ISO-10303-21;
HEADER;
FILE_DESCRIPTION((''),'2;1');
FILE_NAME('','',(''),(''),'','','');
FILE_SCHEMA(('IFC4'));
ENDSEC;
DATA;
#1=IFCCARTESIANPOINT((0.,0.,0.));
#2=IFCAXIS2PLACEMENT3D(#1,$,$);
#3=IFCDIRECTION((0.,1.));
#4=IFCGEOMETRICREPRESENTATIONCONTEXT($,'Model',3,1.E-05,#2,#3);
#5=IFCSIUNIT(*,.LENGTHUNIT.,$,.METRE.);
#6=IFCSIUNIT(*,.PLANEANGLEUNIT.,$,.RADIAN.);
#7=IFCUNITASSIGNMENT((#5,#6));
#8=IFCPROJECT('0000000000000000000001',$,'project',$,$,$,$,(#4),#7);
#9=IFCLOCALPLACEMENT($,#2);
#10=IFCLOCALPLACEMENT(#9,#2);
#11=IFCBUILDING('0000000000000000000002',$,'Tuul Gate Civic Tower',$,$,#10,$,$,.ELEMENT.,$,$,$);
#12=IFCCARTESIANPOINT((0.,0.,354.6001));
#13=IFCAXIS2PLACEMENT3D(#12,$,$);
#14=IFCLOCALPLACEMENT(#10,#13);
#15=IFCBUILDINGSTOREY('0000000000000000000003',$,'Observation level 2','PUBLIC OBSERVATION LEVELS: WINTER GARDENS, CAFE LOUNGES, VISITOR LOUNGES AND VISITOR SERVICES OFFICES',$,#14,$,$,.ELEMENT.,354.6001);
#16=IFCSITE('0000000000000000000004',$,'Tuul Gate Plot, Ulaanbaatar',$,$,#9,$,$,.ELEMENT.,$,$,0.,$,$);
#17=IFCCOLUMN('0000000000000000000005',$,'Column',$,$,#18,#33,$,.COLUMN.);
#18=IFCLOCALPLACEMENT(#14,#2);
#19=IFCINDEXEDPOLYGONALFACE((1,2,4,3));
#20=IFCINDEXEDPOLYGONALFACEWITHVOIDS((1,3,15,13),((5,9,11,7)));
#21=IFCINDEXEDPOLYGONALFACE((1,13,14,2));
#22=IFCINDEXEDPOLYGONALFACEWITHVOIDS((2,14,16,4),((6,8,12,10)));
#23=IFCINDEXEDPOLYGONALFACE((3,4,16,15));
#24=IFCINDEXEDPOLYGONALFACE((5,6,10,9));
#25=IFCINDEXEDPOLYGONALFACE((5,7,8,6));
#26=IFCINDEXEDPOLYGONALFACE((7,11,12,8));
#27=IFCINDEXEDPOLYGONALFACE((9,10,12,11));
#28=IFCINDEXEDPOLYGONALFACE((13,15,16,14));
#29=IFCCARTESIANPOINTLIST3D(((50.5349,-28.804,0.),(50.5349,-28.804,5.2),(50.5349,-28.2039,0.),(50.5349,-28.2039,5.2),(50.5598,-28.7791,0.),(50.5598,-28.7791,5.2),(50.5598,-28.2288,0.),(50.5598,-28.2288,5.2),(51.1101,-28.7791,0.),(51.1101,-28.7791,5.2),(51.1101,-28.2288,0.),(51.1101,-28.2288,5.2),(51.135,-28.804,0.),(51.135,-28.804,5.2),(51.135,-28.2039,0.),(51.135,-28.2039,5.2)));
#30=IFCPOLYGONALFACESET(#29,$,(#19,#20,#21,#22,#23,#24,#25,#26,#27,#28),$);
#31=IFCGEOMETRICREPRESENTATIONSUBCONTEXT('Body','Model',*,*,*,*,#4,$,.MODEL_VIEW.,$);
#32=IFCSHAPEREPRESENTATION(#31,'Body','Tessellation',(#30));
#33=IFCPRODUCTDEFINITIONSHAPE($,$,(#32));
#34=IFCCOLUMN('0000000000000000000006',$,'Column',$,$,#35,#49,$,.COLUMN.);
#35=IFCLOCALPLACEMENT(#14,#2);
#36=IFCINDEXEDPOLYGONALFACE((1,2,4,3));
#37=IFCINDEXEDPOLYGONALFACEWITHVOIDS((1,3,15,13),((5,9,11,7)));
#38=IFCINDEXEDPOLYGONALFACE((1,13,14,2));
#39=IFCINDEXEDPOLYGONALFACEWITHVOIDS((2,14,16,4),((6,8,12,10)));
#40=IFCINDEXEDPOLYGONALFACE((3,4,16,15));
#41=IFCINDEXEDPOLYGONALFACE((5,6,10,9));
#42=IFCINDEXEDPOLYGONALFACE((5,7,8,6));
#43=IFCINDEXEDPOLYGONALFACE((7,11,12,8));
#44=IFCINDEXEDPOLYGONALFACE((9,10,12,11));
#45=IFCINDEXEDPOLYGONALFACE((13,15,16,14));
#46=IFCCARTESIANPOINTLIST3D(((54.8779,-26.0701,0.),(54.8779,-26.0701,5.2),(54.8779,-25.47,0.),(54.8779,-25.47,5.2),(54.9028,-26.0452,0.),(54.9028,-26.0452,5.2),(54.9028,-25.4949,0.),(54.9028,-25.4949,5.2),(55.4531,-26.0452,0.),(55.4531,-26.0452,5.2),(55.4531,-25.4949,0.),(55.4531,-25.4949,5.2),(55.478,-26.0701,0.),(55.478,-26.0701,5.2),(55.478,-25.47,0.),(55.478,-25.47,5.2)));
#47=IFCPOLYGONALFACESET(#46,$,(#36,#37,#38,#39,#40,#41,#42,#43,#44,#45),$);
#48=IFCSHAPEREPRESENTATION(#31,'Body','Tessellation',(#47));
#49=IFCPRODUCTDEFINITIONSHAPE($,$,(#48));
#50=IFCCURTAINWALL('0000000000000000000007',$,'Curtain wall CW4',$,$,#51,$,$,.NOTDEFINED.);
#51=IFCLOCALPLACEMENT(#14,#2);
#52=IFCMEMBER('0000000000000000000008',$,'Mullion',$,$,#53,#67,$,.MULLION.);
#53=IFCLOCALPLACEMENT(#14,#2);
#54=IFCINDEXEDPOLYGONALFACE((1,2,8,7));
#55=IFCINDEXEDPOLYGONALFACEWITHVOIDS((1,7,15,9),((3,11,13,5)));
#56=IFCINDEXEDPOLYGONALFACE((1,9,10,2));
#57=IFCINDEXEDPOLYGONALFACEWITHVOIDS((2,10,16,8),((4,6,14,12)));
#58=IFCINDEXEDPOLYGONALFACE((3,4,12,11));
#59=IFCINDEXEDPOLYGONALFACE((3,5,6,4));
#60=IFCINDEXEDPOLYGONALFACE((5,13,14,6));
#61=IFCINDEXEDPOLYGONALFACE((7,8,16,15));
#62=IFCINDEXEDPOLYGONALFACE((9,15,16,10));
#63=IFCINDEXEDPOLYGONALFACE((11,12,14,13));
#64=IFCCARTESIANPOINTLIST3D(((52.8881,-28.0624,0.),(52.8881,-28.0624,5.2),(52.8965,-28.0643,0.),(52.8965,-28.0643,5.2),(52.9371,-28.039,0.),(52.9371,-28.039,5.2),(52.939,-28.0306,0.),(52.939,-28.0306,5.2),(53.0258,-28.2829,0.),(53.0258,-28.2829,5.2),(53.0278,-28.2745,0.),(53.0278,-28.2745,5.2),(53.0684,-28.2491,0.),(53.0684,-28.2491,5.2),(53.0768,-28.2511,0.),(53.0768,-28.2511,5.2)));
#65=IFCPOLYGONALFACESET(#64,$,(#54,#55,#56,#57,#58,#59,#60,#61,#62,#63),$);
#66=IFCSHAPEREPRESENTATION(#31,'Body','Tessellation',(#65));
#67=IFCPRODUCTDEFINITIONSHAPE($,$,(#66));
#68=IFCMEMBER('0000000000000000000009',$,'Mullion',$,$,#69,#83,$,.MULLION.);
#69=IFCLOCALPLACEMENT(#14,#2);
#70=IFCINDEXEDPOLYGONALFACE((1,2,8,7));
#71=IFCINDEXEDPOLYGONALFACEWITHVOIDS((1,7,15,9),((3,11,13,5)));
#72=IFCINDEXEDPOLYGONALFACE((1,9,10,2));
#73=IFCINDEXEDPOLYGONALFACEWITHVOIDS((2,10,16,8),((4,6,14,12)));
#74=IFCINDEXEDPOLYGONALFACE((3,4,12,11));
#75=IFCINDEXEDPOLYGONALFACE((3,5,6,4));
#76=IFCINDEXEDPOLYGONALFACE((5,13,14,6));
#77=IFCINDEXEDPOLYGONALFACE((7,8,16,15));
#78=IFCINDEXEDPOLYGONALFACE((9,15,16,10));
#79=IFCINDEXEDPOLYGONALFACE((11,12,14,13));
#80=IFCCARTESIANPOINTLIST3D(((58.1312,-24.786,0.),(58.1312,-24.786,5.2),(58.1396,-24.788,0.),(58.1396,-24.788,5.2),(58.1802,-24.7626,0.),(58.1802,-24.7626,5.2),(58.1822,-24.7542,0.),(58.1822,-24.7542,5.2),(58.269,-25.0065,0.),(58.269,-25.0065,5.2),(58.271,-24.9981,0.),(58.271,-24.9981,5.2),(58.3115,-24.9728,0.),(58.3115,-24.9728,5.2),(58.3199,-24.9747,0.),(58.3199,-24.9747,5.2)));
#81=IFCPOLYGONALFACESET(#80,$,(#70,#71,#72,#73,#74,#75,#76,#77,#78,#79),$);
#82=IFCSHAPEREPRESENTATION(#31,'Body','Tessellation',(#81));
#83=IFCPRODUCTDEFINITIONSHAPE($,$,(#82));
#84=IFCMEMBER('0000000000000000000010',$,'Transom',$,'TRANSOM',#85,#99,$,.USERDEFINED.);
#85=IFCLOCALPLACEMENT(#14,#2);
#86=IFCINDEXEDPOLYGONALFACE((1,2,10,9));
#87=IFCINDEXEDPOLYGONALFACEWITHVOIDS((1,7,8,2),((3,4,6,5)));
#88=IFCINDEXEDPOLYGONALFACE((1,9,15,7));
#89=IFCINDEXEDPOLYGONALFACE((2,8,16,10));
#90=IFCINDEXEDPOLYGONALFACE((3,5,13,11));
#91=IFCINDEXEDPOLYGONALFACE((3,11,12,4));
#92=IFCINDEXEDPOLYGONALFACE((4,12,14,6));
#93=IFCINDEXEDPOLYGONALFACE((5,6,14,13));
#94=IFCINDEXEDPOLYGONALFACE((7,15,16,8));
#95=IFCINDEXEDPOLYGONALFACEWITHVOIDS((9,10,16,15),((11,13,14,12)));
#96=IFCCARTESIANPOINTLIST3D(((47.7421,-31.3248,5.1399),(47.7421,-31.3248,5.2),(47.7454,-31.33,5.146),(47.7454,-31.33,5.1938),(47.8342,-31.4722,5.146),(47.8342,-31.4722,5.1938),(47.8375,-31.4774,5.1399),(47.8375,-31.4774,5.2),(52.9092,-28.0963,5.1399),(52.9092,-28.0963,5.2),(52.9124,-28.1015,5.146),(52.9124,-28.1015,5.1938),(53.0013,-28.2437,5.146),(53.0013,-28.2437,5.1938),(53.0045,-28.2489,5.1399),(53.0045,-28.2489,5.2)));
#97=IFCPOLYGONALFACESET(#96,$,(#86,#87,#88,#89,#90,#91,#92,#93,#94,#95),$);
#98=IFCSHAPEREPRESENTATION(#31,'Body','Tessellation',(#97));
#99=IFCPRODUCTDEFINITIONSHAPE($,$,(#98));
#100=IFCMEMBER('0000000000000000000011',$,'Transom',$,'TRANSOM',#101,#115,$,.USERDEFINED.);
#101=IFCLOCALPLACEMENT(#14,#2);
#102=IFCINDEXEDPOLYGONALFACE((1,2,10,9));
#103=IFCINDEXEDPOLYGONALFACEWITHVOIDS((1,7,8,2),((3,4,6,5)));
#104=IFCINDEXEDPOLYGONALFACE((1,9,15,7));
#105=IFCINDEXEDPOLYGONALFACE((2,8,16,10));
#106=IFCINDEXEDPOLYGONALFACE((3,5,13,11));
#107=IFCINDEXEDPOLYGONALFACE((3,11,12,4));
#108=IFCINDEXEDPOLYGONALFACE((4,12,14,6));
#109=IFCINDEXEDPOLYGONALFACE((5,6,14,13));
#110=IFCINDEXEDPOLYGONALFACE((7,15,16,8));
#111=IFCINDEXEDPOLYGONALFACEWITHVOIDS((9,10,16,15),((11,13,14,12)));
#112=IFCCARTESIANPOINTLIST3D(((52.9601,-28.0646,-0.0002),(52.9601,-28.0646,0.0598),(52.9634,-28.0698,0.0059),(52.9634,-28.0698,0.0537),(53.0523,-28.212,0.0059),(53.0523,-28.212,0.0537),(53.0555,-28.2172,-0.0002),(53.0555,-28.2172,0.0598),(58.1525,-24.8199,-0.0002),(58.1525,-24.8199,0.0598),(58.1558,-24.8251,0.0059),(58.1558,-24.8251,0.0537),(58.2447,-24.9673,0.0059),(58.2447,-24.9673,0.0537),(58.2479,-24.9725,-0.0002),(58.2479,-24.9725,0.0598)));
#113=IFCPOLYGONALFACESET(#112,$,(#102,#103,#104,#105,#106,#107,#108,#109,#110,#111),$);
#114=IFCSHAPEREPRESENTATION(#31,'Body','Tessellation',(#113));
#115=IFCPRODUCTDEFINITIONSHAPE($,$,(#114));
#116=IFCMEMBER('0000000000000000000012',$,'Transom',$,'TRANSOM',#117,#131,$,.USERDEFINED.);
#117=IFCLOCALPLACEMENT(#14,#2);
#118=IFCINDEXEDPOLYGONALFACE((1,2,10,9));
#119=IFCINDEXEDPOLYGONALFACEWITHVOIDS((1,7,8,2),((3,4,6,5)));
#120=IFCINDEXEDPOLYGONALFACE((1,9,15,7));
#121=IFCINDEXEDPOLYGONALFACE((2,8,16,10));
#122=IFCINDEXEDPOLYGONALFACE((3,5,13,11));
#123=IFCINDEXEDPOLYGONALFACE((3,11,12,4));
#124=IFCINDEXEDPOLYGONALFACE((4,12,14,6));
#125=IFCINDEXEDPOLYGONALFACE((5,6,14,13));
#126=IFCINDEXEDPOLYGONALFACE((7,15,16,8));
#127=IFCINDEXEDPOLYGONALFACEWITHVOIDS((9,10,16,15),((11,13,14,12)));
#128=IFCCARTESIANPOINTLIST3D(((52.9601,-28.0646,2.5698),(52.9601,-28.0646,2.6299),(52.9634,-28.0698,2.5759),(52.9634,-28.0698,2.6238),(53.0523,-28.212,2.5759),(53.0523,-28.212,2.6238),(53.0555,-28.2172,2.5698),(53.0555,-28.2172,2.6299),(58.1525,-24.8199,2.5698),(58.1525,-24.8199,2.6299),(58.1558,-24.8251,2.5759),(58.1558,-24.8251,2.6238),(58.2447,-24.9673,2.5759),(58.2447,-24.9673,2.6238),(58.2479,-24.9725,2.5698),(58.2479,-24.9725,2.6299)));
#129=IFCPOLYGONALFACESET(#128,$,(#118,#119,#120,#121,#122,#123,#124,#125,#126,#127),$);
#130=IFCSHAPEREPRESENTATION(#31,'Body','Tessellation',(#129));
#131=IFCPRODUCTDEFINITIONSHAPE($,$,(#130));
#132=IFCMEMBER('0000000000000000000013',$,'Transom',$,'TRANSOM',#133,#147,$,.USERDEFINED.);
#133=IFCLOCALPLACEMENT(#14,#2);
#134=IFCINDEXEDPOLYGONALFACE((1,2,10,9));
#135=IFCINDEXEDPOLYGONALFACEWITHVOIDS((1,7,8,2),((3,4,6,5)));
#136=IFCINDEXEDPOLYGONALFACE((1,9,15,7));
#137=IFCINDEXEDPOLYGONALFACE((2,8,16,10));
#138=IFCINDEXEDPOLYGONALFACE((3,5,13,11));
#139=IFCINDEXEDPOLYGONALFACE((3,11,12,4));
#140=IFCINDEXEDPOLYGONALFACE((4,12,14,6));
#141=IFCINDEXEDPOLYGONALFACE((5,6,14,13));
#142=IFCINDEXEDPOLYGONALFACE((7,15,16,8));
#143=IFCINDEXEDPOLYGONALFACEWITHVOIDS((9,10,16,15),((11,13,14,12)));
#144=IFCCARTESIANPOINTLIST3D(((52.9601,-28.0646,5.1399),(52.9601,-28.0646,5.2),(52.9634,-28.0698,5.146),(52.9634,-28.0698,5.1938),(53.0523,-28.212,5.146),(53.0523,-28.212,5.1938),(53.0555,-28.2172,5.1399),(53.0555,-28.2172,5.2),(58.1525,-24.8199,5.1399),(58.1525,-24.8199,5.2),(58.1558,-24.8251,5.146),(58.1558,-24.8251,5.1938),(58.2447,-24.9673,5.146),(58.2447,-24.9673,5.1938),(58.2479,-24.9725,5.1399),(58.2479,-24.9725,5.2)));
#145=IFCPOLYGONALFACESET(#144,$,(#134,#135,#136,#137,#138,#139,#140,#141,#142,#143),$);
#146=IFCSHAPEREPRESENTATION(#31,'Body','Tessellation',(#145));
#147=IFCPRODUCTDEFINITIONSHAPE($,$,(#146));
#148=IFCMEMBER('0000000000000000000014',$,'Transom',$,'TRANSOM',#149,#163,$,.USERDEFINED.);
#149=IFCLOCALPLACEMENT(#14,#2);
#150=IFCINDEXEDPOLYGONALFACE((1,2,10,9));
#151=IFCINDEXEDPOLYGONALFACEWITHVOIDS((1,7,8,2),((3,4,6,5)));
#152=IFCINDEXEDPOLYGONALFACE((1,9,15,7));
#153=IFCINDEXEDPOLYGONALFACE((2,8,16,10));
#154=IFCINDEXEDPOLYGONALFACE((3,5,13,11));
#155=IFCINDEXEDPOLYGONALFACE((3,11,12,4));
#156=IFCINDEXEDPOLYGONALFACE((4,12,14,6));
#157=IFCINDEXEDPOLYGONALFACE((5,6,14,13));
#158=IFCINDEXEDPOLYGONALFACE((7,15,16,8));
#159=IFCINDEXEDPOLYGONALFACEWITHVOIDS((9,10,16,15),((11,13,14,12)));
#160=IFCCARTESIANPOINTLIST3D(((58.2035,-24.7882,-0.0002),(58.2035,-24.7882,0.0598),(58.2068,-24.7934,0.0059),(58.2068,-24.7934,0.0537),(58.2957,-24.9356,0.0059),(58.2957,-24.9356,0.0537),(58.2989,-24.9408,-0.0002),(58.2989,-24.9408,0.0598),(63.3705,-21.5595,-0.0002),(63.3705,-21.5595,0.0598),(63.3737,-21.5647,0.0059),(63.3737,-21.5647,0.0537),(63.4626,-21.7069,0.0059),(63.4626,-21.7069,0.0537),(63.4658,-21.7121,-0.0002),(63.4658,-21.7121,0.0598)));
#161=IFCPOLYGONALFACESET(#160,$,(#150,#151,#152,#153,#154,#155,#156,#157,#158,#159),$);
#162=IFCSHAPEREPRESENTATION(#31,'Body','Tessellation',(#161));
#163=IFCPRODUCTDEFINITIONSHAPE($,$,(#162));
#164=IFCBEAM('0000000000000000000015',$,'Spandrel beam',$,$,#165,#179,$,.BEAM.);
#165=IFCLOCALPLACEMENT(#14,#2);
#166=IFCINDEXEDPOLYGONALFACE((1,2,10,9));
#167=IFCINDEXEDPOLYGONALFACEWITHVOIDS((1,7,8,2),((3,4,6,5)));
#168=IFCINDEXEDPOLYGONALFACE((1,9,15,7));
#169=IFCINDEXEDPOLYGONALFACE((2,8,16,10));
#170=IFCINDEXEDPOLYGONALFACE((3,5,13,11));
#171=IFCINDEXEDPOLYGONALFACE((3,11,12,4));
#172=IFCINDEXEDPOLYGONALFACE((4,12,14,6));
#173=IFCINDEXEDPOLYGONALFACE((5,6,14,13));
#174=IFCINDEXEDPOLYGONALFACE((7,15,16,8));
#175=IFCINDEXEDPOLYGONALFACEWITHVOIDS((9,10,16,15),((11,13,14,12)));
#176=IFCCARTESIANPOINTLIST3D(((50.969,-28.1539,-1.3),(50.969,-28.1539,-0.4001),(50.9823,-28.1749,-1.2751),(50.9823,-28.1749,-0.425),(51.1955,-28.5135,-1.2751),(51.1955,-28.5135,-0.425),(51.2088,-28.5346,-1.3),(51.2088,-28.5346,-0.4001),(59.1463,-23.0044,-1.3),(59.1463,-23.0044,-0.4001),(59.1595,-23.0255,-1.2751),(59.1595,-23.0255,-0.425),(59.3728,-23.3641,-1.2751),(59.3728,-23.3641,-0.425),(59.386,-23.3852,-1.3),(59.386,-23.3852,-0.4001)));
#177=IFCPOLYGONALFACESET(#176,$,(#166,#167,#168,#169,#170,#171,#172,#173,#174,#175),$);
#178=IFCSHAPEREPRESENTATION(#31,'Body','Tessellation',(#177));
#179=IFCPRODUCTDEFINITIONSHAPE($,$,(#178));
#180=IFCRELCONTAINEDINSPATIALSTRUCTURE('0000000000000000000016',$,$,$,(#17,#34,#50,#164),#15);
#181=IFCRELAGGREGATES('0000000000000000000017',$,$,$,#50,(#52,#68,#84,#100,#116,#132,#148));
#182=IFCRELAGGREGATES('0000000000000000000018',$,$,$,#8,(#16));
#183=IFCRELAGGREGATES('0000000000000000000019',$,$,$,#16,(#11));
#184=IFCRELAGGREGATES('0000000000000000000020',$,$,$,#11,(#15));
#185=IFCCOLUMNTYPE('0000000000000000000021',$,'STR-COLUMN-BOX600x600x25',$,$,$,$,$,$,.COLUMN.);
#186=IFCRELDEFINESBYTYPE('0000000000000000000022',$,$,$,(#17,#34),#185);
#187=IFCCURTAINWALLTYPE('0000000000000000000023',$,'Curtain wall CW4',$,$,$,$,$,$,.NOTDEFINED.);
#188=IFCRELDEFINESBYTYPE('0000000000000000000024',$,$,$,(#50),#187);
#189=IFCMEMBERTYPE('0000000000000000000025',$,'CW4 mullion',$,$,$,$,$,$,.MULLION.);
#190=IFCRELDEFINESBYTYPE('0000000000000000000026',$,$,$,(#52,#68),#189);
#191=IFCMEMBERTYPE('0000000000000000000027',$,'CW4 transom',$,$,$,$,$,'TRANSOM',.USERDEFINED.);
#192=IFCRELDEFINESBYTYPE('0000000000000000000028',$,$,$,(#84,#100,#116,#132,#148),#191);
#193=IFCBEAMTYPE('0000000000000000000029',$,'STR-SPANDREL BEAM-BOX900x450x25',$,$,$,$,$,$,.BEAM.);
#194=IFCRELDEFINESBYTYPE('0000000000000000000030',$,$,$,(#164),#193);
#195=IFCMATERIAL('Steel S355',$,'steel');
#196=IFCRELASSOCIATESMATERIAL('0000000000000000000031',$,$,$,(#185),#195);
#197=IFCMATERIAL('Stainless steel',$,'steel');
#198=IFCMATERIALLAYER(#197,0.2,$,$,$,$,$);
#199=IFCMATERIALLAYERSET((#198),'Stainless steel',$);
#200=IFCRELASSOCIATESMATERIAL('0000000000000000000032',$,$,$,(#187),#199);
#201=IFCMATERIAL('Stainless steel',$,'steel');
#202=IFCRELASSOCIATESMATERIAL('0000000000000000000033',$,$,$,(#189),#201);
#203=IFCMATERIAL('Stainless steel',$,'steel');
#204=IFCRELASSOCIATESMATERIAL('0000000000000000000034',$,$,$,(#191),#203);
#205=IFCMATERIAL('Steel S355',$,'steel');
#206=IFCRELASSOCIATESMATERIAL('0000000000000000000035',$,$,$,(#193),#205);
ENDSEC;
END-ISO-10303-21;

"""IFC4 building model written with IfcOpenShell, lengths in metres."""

from ifc_helpers import new_model, si_unit, direction, frame, origin, origin_2d, place, context, subcontext, project, spatial, hollow_rectangle, extrude, material, layer, layer_set, material_profile, profile_set, type_object, element, aggregate, save


model = new_model("IFC4")

# Units and contexts
model_context = context("Model", 3, precision=1e-05, world=origin(), true_north=direction((0.0, 1.0)))
body_context = subcontext(model_context, "Body", "Model", "MODEL_VIEW")
ifc_project = project(units=[si_unit("LENGTHUNIT", "METRE"), si_unit("PLANEANGLEUNIT", "RADIAN")], contexts=[model_context])

# Site, building, storey
site_placement = place(None, origin())
site = spatial("IfcSite", under=ifc_project, at=site_placement, Name="Tuul Gate Plot, Ulaanbaatar", CompositionType="ELEMENT", RefElevation=0.0)
building_placement = place(site_placement, origin())
building = spatial("IfcBuilding", under=site, at=building_placement, Name="Tuul Gate Civic Tower", CompositionType="ELEMENT")
storey_placement = place(building_placement, frame((0.0, 0.0, 354.6001)))
storey = spatial("IfcBuildingStorey", under=building, at=storey_placement, Name="Observation level 2", Description="PUBLIC OBSERVATION LEVELS: WINTER GARDENS, CAFE LOUNGES, VISITOR LOUNGES AND VISITOR SERVICES OFFICES", CompositionType="ELEMENT", Elevation=354.6001)

# Columns
ifc_material_1 = material(Name="Steel S355", Category="steel")
ifc_material_profile_1 = material_profile(ifc_material_1, hollow_rectangle(XDim=0.6001, YDim=0.6001, WallThickness=0.0249, at=origin_2d()), Name="BOX600x600x25")
ifc_profile_set_1 = profile_set([ifc_material_profile_1], Name="Steel S355")
column_type = type_object("IfcColumnType", Name="STR-COLUMN-BOX600x600x25", PredefinedType="COLUMN", material=ifc_profile_set_1)
for number, where, z_axis, x_axis, name in (
    (1, (50.835, -28.5039, 0.0), (0.0, 0.0, 1.0), (1.0, 0.0, 0.0), "Column"),
    (2, (55.178, -25.77, 0.0), (0.0, 0.0, 1.0), (1.0, 0.0, 0.0), "Column"),
):
    element("IfcColumn", number, at=place(storey_placement, frame(where, z_axis=z_axis, x_axis=x_axis)), inside=storey, type_object=column_type, Name=name, PredefinedType="COLUMN", context=body_context, shape_type="SweptSolid", body=[
        extrude(hollow_rectangle(XDim=0.6001, YDim=0.6001, WallThickness=0.0249, at=origin_2d()), origin(), (0.0, 0.0, 1.0), 5.2),
    ])

# Curtain wall, members
ifc_material_2 = material(Name="Stainless steel", Category="steel")
ifc_layer_1 = layer(ifc_material_2, 0.2)
ifc_layer_set_1 = layer_set([ifc_layer_1], Name="Stainless steel")
curtain_wall_type = type_object("IfcCurtainWallType", Name="Curtain wall CW4", PredefinedType="NOTDEFINED", material=ifc_layer_set_1)
curtain_wall_placement = place(storey_placement, origin())
curtain_wall = element("IfcCurtainWall", 3, at=curtain_wall_placement, inside=storey, type_object=curtain_wall_type, Name="Curtain wall CW4", PredefinedType="NOTDEFINED")
ifc_material_3 = material(Name="Stainless steel", Category="steel")
ifc_material_profile_2 = material_profile(ifc_material_3, hollow_rectangle(XDim=0.26, YDim=0.0601, WallThickness=0.0061, at=origin_2d()), Name="CW4 mullion")
ifc_profile_set_2 = profile_set([ifc_material_profile_2], Name="Stainless steel")
member_type_1 = type_object("IfcMemberType", Name="CW4 mullion", PredefinedType="MULLION", material=ifc_profile_set_2)
member_1_placement = place(storey_placement, frame((52.9824, -28.1567, 0.0), z_axis=(0.0, 0.0, 1.0), x_axis=(-0.529912, 0.848053, 0.0)))
member_1 = element("IfcMember", 4, at=member_1_placement, type_object=member_type_1, Name="Mullion", PredefinedType="MULLION", context=body_context, shape_type="SweptSolid", body=[
    extrude(hollow_rectangle(XDim=0.26, YDim=0.0601, WallThickness=0.0061, at=origin_2d()), origin(), (0.0, 0.0, 1.0), 5.2),
])
member_2_placement = place(storey_placement, frame((58.2256, -24.8804, 0.0), z_axis=(0.0, 0.0, 1.0), x_axis=(-0.529912, 0.848053, 0.0)))
member_2 = element("IfcMember", 5, at=member_2_placement, type_object=member_type_1, Name="Mullion", PredefinedType="MULLION", context=body_context, shape_type="SweptSolid", body=[
    extrude(hollow_rectangle(XDim=0.26, YDim=0.0601, WallThickness=0.0061, at=origin_2d()), origin(), (0.0, 0.0, 1.0), 5.2),
])
ifc_material_4 = material(Name="Stainless steel", Category="steel")
ifc_material_profile_3 = material_profile(ifc_material_4, hollow_rectangle(XDim=0.1799, YDim=0.0601, WallThickness=0.0061, at=origin_2d()), Name="CW4 transom")
ifc_profile_set_3 = profile_set([ifc_material_profile_3], Name="Stainless steel")
member_type_2 = type_object("IfcMemberType", Name="CW4 transom", ElementType="TRANSOM", PredefinedType="USERDEFINED", material=ifc_profile_set_3)
member_3_placement = place(storey_placement, frame((47.7898, -31.4011, 5.1699), z_axis=(0.848061, 0.529898, 0.0), x_axis=(-0.529898, 0.848061, 0.0)))
member_3 = element("IfcMember", 6, at=member_3_placement, type_object=member_type_2, Name="Transom", ObjectType="TRANSOM", PredefinedType="USERDEFINED", context=body_context, shape_type="SweptSolid", body=[
    extrude(hollow_rectangle(XDim=0.1799, YDim=0.0601, WallThickness=0.0061, at=origin_2d()), origin(), (0.0, 0.0, 1.0), 6.0928),
])
member_4_placement = place(storey_placement, frame((53.0078, -28.1409, 0.0298), z_axis=(0.848043, 0.529927, 0.0), x_axis=(-0.529927, 0.848043, 0.0)))
member_4 = element("IfcMember", 7, at=member_4_placement, type_object=member_type_2, Name="Transom", ObjectType="TRANSOM", PredefinedType="USERDEFINED", context=body_context, shape_type="SweptSolid", body=[
    extrude(hollow_rectangle(XDim=0.1799, YDim=0.0601, WallThickness=0.0061, at=origin_2d()), origin(), (0.0, 0.0, 1.0), 6.1228),
])
member_5_placement = place(storey_placement, frame((53.0078, -28.1409, 2.5999), z_axis=(0.848043, 0.529927, 0.0), x_axis=(-0.529927, 0.848043, 0.0)))
member_5 = element("IfcMember", 8, at=member_5_placement, type_object=member_type_2, Name="Transom", ObjectType="TRANSOM", PredefinedType="USERDEFINED", context=body_context, shape_type="SweptSolid", body=[
    extrude(hollow_rectangle(XDim=0.1799, YDim=0.0601, WallThickness=0.0061, at=origin_2d()), origin(), (0.0, 0.0, 1.0), 6.1228),
])
member_6_placement = place(storey_placement, frame((53.0078, -28.1409, 5.1699), z_axis=(0.848043, 0.529927, 0.0), x_axis=(-0.529927, 0.848043, 0.0)))
member_6 = element("IfcMember", 9, at=member_6_placement, type_object=member_type_2, Name="Transom", ObjectType="TRANSOM", PredefinedType="USERDEFINED", context=body_context, shape_type="SweptSolid", body=[
    extrude(hollow_rectangle(XDim=0.1799, YDim=0.0601, WallThickness=0.0061, at=origin_2d()), origin(), (0.0, 0.0, 1.0), 6.1228),
])
member_7_placement = place(storey_placement, frame((58.2512, -24.8645, 0.0298), z_axis=(0.848043, 0.529927, 0.0), x_axis=(-0.529927, 0.848043, 0.0)))
member_7 = element("IfcMember", 10, at=member_7_placement, type_object=member_type_2, Name="Transom", ObjectType="TRANSOM", PredefinedType="USERDEFINED", context=body_context, shape_type="SweptSolid", body=[
    extrude(hollow_rectangle(XDim=0.1799, YDim=0.0601, WallThickness=0.0061, at=origin_2d()), origin(), (0.0, 0.0, 1.0), 6.0928),
])

# Beam
ifc_material_5 = material(Name="Steel S355", Category="steel")
ifc_material_profile_4 = material_profile(ifc_material_5, hollow_rectangle(XDim=0.45, YDim=0.8999, WallThickness=0.0249, at=origin_2d()), Name="BOX900x450x25")
ifc_profile_set_4 = profile_set([ifc_material_profile_4], Name="Steel S355")
beam_type = type_object("IfcBeamType", Name="STR-SPANDREL BEAM-BOX900x450x25", PredefinedType="BEAM", material=ifc_profile_set_4)
beam_placement = place(storey_placement, frame((51.0889, -28.3442, -0.8501), z_axis=(0.846197, 0.532871, 0.0), x_axis=(-0.532871, 0.846197, 0.0)))
element("IfcBeam", 11, at=beam_placement, inside=storey, type_object=beam_type, Name="Spandrel beam", PredefinedType="BEAM", context=body_context, shape_type="SweptSolid", body=[
    extrude(hollow_rectangle(XDim=0.45, YDim=0.8999, WallThickness=0.0249, at=origin_2d()), origin(), (0.0, 0.0, 1.0), 9.6636),
])

aggregate(curtain_wall, [member_1, member_2, member_3, member_4, member_5, member_6, member_7])

save(model, "model.ifc")
